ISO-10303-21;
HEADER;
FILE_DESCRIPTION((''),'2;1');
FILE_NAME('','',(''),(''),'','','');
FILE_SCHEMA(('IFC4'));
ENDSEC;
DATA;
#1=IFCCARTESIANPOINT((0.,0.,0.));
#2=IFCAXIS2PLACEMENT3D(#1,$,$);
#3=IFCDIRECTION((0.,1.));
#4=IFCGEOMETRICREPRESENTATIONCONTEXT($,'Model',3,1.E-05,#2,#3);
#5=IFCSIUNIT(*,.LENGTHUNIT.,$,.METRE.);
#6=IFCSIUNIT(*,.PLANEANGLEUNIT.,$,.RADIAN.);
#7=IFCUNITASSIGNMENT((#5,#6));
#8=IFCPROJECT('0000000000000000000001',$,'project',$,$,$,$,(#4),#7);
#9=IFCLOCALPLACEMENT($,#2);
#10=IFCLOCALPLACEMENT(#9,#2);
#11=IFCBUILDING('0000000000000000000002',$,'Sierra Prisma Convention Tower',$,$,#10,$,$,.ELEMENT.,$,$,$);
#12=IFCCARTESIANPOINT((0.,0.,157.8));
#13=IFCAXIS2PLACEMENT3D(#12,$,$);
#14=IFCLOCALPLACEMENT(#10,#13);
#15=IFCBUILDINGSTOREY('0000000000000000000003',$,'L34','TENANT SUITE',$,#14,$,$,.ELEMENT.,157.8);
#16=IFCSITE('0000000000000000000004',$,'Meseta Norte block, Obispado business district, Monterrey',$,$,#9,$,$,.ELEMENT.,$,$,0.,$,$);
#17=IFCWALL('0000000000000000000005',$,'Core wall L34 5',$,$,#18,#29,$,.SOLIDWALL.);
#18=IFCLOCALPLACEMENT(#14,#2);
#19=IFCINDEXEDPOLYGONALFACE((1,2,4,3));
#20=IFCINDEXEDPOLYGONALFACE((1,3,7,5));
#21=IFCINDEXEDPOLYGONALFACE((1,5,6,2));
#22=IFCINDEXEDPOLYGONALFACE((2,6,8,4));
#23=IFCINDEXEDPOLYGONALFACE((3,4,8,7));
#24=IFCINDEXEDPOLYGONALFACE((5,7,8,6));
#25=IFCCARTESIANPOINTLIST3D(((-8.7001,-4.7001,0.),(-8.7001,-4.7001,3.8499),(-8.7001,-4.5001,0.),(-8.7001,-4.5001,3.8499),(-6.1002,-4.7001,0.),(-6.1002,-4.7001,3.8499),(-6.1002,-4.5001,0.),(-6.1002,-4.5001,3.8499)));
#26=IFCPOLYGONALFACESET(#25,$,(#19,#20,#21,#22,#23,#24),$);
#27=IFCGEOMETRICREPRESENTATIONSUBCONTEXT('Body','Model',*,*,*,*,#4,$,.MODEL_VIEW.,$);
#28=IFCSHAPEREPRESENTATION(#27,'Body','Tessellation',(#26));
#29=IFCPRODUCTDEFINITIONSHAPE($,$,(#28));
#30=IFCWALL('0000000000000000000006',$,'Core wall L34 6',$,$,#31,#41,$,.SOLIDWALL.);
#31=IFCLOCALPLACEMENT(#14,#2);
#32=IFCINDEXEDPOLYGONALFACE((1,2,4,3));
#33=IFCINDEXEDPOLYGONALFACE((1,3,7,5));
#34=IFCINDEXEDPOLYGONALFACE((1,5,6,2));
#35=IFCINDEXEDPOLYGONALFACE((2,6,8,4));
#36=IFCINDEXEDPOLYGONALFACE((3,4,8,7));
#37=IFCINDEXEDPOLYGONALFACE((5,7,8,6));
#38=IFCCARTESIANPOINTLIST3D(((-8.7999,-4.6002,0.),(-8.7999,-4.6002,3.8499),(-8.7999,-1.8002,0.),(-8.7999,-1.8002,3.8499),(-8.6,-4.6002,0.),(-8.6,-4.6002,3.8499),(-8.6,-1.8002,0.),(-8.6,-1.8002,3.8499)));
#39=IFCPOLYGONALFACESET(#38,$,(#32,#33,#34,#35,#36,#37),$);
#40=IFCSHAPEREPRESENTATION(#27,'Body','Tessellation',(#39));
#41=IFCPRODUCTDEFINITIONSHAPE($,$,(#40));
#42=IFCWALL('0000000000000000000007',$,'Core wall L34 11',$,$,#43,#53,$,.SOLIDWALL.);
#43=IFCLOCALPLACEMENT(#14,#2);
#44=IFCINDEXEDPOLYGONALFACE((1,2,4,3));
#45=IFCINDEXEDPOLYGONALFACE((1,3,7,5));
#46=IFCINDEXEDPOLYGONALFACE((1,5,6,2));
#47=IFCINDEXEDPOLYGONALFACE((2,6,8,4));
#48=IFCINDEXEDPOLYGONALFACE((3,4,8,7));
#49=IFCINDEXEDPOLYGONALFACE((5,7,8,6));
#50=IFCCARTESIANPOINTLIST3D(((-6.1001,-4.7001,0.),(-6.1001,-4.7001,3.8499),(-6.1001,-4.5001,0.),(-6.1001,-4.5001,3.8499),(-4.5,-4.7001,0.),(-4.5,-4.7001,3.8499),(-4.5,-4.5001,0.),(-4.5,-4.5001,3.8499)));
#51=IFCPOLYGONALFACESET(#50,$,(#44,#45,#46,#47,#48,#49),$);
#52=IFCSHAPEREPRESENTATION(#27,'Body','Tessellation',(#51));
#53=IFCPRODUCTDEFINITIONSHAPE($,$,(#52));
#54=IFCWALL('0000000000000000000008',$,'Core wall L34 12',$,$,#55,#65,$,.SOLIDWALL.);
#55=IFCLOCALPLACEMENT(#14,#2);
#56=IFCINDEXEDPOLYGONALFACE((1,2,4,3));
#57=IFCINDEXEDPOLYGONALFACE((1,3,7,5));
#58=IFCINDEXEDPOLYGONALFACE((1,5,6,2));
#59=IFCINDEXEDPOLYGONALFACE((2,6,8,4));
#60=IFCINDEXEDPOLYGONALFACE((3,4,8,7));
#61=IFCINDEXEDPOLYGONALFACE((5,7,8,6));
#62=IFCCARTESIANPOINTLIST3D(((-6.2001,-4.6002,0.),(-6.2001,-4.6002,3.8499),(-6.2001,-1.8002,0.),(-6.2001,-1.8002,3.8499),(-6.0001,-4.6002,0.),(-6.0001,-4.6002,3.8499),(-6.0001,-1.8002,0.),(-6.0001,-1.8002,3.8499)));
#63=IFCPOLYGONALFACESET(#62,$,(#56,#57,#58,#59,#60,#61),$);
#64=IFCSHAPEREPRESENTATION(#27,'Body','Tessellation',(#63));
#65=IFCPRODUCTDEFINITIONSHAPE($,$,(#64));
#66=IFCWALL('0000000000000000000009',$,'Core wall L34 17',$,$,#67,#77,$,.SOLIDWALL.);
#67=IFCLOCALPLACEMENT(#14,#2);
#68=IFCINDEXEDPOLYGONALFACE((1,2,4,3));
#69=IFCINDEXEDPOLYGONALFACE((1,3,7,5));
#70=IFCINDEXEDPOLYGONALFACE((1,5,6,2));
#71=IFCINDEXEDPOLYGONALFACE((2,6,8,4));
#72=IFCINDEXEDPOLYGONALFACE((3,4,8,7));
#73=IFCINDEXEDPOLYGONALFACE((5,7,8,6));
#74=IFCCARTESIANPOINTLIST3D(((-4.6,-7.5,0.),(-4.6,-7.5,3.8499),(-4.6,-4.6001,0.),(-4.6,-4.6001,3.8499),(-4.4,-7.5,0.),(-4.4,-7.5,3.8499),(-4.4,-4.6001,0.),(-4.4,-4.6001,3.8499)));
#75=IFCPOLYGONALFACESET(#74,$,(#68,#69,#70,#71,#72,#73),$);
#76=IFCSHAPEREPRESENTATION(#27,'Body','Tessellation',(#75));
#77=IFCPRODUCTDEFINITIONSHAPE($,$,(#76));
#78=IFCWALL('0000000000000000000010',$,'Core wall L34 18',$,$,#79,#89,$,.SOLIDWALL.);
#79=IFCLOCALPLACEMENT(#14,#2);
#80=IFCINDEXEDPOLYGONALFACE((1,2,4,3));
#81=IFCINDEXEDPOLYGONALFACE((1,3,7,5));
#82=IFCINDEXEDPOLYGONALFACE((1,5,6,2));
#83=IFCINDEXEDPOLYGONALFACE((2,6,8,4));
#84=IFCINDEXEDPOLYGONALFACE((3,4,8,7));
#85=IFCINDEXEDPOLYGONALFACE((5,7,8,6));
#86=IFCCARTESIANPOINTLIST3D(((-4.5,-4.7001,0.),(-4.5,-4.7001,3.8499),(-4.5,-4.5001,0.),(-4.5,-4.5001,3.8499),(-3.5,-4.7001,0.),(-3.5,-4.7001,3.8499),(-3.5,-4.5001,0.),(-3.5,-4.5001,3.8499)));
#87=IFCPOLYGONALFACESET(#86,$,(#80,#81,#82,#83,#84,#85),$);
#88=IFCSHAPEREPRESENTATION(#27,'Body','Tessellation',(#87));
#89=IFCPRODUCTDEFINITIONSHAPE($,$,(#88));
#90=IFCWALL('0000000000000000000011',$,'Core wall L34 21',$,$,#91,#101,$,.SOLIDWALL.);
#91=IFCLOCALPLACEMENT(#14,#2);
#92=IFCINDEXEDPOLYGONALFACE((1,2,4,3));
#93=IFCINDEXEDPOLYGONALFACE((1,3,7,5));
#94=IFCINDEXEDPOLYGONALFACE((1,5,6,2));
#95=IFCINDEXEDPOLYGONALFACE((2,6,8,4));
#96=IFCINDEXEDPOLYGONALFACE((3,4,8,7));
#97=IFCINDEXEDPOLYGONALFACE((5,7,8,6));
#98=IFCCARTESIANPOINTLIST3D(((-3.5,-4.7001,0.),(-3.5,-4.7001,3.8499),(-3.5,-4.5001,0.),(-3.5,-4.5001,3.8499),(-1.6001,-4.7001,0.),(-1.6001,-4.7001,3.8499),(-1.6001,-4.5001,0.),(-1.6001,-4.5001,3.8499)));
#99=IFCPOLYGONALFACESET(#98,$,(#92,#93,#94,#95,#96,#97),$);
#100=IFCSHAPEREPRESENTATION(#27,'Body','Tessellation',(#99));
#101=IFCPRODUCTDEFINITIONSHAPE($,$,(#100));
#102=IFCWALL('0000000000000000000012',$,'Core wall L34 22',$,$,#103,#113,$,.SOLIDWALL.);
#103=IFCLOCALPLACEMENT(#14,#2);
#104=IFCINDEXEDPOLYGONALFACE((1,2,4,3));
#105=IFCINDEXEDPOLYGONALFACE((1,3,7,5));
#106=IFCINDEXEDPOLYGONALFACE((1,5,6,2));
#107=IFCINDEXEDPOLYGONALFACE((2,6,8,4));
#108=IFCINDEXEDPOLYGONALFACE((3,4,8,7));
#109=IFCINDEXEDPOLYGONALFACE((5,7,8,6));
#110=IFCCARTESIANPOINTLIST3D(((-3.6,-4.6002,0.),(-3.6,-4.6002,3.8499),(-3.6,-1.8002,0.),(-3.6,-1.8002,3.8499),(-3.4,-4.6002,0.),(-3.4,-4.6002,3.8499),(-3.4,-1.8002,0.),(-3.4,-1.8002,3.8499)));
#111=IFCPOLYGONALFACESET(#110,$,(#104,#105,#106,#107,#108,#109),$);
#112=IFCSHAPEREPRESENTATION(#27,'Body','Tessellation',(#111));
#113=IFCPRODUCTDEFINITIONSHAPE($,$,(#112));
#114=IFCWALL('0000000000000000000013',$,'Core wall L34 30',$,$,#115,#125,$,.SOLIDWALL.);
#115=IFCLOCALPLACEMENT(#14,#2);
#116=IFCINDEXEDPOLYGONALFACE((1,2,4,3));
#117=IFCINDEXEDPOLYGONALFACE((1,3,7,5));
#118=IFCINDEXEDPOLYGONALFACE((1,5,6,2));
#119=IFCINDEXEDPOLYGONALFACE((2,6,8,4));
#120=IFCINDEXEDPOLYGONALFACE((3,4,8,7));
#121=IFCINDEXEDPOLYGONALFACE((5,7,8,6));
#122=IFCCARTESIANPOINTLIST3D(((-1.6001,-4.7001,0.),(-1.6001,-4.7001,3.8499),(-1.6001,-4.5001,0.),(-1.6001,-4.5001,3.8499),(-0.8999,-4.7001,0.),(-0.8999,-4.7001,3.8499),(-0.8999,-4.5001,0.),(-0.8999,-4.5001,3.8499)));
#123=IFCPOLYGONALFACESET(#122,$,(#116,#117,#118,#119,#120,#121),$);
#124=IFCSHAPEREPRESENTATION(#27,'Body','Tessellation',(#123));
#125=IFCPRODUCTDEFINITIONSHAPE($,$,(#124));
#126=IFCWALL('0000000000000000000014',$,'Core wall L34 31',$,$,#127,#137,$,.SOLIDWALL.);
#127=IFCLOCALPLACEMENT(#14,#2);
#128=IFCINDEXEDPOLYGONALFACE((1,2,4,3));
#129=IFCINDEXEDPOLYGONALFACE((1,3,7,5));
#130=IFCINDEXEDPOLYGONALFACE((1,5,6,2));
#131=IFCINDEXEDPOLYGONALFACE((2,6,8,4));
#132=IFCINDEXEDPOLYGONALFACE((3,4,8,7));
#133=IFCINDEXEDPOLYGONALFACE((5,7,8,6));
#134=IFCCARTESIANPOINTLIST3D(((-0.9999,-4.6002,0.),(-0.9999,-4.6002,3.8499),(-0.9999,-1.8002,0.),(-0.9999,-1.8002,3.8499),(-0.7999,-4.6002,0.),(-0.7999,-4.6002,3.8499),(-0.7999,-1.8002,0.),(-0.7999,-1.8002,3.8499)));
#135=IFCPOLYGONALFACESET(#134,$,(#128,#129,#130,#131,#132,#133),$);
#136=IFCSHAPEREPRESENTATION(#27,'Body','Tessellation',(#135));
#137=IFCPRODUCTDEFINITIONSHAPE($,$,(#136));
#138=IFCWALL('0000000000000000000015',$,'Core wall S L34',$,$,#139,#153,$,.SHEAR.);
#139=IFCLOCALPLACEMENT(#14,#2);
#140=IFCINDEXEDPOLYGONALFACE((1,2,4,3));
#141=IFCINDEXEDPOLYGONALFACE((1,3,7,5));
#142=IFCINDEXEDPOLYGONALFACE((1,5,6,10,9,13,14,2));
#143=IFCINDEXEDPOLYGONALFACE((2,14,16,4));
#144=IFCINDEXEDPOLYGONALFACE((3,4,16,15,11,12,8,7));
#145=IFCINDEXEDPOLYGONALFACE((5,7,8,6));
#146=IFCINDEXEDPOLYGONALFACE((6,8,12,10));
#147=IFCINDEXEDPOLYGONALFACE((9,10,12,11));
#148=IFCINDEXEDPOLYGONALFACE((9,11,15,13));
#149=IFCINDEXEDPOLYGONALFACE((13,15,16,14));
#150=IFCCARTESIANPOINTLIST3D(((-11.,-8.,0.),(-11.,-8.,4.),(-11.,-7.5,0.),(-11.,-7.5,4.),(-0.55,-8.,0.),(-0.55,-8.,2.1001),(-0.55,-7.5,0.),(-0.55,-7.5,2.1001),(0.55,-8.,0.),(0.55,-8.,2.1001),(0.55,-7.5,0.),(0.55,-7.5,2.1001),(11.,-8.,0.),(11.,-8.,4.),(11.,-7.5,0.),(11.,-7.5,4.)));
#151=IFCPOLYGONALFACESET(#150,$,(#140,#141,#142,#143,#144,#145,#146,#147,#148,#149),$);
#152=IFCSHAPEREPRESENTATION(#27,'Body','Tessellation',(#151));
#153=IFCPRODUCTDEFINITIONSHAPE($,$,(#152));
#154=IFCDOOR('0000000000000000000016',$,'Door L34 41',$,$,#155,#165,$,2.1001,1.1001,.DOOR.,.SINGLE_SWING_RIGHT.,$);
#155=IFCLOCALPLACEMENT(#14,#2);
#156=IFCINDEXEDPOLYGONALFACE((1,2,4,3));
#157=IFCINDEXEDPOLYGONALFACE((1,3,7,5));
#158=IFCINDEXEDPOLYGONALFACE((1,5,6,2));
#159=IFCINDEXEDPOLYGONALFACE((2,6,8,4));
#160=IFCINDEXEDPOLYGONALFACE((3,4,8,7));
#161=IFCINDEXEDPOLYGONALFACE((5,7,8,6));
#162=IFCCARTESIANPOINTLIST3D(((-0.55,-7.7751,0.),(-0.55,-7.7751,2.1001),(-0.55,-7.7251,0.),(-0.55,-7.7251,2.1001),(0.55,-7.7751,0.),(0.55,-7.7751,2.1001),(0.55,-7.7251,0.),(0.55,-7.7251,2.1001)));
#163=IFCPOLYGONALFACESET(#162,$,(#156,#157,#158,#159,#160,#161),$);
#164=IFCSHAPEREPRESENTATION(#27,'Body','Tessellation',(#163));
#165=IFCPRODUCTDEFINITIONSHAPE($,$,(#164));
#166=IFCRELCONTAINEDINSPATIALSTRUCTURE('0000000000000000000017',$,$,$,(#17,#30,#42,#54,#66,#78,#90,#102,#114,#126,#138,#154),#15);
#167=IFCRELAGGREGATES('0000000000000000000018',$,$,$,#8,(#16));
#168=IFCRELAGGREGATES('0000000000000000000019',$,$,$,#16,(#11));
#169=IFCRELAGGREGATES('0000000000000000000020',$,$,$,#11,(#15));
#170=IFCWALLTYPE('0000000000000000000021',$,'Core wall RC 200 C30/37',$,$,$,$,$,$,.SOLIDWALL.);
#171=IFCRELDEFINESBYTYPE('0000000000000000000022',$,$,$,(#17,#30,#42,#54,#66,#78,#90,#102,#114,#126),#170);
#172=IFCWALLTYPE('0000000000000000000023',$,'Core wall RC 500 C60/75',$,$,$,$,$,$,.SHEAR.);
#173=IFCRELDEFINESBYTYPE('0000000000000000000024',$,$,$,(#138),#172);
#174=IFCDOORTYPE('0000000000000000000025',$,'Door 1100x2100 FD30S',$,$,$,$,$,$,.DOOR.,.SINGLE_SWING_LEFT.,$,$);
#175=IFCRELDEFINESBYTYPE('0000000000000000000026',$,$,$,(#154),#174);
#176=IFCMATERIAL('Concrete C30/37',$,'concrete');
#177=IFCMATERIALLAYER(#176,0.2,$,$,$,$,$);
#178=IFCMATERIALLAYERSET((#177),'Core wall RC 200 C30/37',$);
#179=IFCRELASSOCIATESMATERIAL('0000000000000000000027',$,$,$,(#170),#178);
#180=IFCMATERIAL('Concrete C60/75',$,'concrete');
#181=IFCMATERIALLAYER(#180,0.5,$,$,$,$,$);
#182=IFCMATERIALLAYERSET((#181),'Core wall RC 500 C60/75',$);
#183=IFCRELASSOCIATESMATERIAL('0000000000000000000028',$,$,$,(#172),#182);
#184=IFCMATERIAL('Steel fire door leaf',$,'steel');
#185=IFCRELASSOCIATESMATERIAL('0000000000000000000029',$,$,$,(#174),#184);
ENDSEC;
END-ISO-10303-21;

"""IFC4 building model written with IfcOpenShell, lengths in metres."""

from ifc_helpers import new_model, si_unit, direction, frame, frame_2d, origin, place, context, subcontext, project, spatial, rectangle, extrude, material, layer, layer_set, type_object, element, fill, save


model = new_model("IFC4")

# Units and contexts
model_context = context("Model", 3, precision=1e-05, world=origin(), true_north=direction((0.0, 1.0)))
body_context = subcontext(model_context, "Body", "Model", "MODEL_VIEW")
ifc_project = project(units=[si_unit("LENGTHUNIT", "METRE"), si_unit("PLANEANGLEUNIT", "RADIAN")], contexts=[model_context])

# Site, building, storey
site_placement = place(None, origin())
site = spatial("IfcSite", under=ifc_project, at=site_placement, Name="Meseta Norte block, Obispado business district, Monterrey", CompositionType="ELEMENT", RefElevation=0.0)
building_placement = place(site_placement, origin())
building = spatial("IfcBuilding", under=site, at=building_placement, Name="Sierra Prisma Convention Tower", CompositionType="ELEMENT")
storey_placement = place(building_placement, frame((0.0, 0.0, 157.8)))
storey = spatial("IfcBuildingStorey", under=building, at=storey_placement, Name="L34", Description="TENANT SUITE", CompositionType="ELEMENT", Elevation=157.8)

# Shared definitions
ifc_material_1 = material(Name="Concrete C30/37", Category="concrete")
ifc_layer_1 = layer(ifc_material_1, 0.2)
ifc_layer_set_1 = layer_set([ifc_layer_1], Name="Core wall RC 200 C30/37")
wall_type_1 = type_object("IfcWallType", Name="Core wall RC 200 C30/37", PredefinedType="SOLIDWALL", material=ifc_layer_set_1)

# Walls
wall_1_placement = place(storey_placement, frame((-8.7, -4.6001, 0.0), z_axis=(0.0, 0.0, 1.0), x_axis=(1.0, 0.0, 0.0)))
element("IfcWall", 1, at=wall_1_placement, inside=storey, type_object=wall_type_1, Name="Core wall L34 5", PredefinedType="SOLIDWALL", context=body_context, shape_type="SweptSolid", body=[
    extrude(rectangle(XDim=2.5999, YDim=0.2, at=frame_2d((1.2998, 0.0))), origin(), (0.0, 0.0, 1.0), 3.8499),
])
wall_2_placement = place(storey_placement, frame((-8.7, -4.6001, 0.0), z_axis=(0.0, 0.0, 1.0), x_axis=(0.0, 1.0, 0.0)))
element("IfcWall", 2, at=wall_2_placement, inside=storey, type_object=wall_type_1, Name="Core wall L34 6", PredefinedType="SOLIDWALL", context=body_context, shape_type="SweptSolid", body=[
    extrude(rectangle(XDim=2.8, YDim=0.2, at=frame_2d((1.3999, 0.0))), origin(), (0.0, 0.0, 1.0), 3.8499),
])
wall_3_placement = place(storey_placement, frame((-6.1001, -4.6001, 0.0), z_axis=(0.0, 0.0, 1.0), x_axis=(1.0, 0.0, 0.0)))
element("IfcWall", 3, at=wall_3_placement, inside=storey, type_object=wall_type_1, Name="Core wall L34 11", PredefinedType="SOLIDWALL", context=body_context, shape_type="SweptSolid", body=[
    extrude(rectangle(XDim=1.6001, YDim=0.2, at=frame_2d((0.8, 0.0))), origin(), (0.0, 0.0, 1.0), 3.8499),
])
wall_4_placement = place(storey_placement, frame((-6.1001, -4.6001, 0.0), z_axis=(0.0, 0.0, 1.0), x_axis=(0.0, 1.0, 0.0)))
element("IfcWall", 4, at=wall_4_placement, inside=storey, type_object=wall_type_1, Name="Core wall L34 12", PredefinedType="SOLIDWALL", context=body_context, shape_type="SweptSolid", body=[
    extrude(rectangle(XDim=2.8, YDim=0.2, at=frame_2d((1.3999, 0.0))), origin(), (0.0, 0.0, 1.0), 3.8499),
])
wall_5_placement = place(storey_placement, frame((-4.5, -4.6001, 0.0), z_axis=(0.0, 0.0, 1.0), x_axis=(0.0, -1.0, 0.0)))
element("IfcWall", 5, at=wall_5_placement, inside=storey, type_object=wall_type_1, Name="Core wall L34 17", PredefinedType="SOLIDWALL", context=body_context, shape_type="SweptSolid", body=[
    extrude(rectangle(XDim=2.8999, YDim=0.2, at=frame_2d((1.45, 0.0))), origin(), (0.0, 0.0, 1.0), 3.8499),
])
wall_6_placement = place(storey_placement, frame((-4.5, -4.6001, 0.0), z_axis=(0.0, 0.0, 1.0), x_axis=(1.0, 0.0, 0.0)))
element("IfcWall", 6, at=wall_6_placement, inside=storey, type_object=wall_type_1, Name="Core wall L34 18", PredefinedType="SOLIDWALL", context=body_context, shape_type="SweptSolid", body=[
    extrude(rectangle(XDim=1.0, YDim=0.2, at=frame_2d((0.5, 0.0))), origin(), (0.0, 0.0, 1.0), 3.8499),
])
wall_7_placement = place(storey_placement, frame((-3.5, -4.6001, 0.0), z_axis=(0.0, 0.0, 1.0), x_axis=(1.0, 0.0, 0.0)))
element("IfcWall", 7, at=wall_7_placement, inside=storey, type_object=wall_type_1, Name="Core wall L34 21", PredefinedType="SOLIDWALL", context=body_context, shape_type="SweptSolid", body=[
    extrude(rectangle(XDim=1.8999, YDim=0.2, at=frame_2d((0.95, 0.0))), origin(), (0.0, 0.0, 1.0), 3.8499),
])
wall_8_placement = place(storey_placement, frame((-3.5, -4.6001, 0.0), z_axis=(0.0, 0.0, 1.0), x_axis=(0.0, 1.0, 0.0)))
element("IfcWall", 8, at=wall_8_placement, inside=storey, type_object=wall_type_1, Name="Core wall L34 22", PredefinedType="SOLIDWALL", context=body_context, shape_type="SweptSolid", body=[
    extrude(rectangle(XDim=2.8, YDim=0.2, at=frame_2d((1.3999, 0.0))), origin(), (0.0, 0.0, 1.0), 3.8499),
])

# Walls
wall_9_placement = place(storey_placement, frame((-1.6001, -4.6001, 0.0), z_axis=(0.0, 0.0, 1.0), x_axis=(1.0, 0.0, 0.0)))
element("IfcWall", 9, at=wall_9_placement, inside=storey, type_object=wall_type_1, Name="Core wall L34 30", PredefinedType="SOLIDWALL", context=body_context, shape_type="SweptSolid", body=[
    extrude(rectangle(XDim=0.7002, YDim=0.2, at=frame_2d((0.3501, 0.0))), origin(), (0.0, 0.0, 1.0), 3.8499),
])
wall_10_placement = place(storey_placement, frame((-0.8999, -4.6001, 0.0), z_axis=(0.0, 0.0, 1.0), x_axis=(0.0, 1.0, 0.0)))
element("IfcWall", 10, at=wall_10_placement, inside=storey, type_object=wall_type_1, Name="Core wall L34 31", PredefinedType="SOLIDWALL", context=body_context, shape_type="SweptSolid", body=[
    extrude(rectangle(XDim=2.8, YDim=0.2, at=frame_2d((1.3999, 0.0))), origin(), (0.0, 0.0, 1.0), 3.8499),
])

# Wall, opening, door
ifc_material_2 = material(Name="Concrete C60/75", Category="concrete")
ifc_layer_2 = layer(ifc_material_2, 0.5)
ifc_layer_set_2 = layer_set([ifc_layer_2], Name="Core wall RC 500 C60/75")
wall_type_2 = type_object("IfcWallType", Name="Core wall RC 500 C60/75", PredefinedType="SHEAR", material=ifc_layer_set_2)
wall_11_placement = place(storey_placement, frame((-11.0, -7.75, 0.0), z_axis=(0.0, 0.0, 1.0), x_axis=(1.0, 0.0, 0.0)))
wall_11 = element("IfcWall", 11, at=wall_11_placement, inside=storey, type_object=wall_type_2, Name="Core wall S L34", PredefinedType="SHEAR", context=body_context, shape_type="SweptSolid", body=[
    extrude(rectangle(XDim=22.0, YDim=0.5, at=frame_2d((11.0, 0.0))), origin(), (0.0, 0.0, 1.0), 4.0),
])
opening_1_placement = place(wall_11_placement, frame((10.45, 0.0, 0.0)))
opening_1 = element("IfcOpeningElement", 12, at=opening_1_placement, cuts=wall_11, PredefinedType="OPENING", context=body_context, shape_type="SweptSolid", body=[
    extrude(rectangle(XDim=1.1001, YDim=2.1001, at=frame_2d((0.55, 1.05))), frame((0.0, 0.25, 0.0), z_axis=(0.0, -1.0, 0.0), x_axis=(1.0, 0.0, 0.0)), (0.0, 0.0, 1.0), 0.5),
])
ifc_material_3 = material(Name="Steel fire door leaf", Category="steel")
door_type_1 = type_object("IfcDoorType", Name="Door 1100x2100 FD30S", OperationType="SINGLE_SWING_LEFT", PredefinedType="DOOR", material=ifc_material_3)
door_1_placement = place(opening_1_placement, origin())
door_1 = element("IfcDoor", 13, at=door_1_placement, inside=storey, type_object=door_type_1, Name="Door L34 41", OperationType="SINGLE_SWING_RIGHT", OverallHeight=2.1001, OverallWidth=1.1001, PredefinedType="DOOR", context=body_context, shape_type="SweptSolid", body=[
    extrude(rectangle(XDim=1.1001, YDim=2.1001, at=frame_2d((0.55, 1.05))), frame((0.0, 0.0249, 0.0), z_axis=(0.0, -1.0, 0.0), x_axis=(1.0, 0.0, 0.0)), (0.0, 0.0, 1.0), 0.05),
])
fill(opening_1, door_1)

save(model, "model.ifc")
